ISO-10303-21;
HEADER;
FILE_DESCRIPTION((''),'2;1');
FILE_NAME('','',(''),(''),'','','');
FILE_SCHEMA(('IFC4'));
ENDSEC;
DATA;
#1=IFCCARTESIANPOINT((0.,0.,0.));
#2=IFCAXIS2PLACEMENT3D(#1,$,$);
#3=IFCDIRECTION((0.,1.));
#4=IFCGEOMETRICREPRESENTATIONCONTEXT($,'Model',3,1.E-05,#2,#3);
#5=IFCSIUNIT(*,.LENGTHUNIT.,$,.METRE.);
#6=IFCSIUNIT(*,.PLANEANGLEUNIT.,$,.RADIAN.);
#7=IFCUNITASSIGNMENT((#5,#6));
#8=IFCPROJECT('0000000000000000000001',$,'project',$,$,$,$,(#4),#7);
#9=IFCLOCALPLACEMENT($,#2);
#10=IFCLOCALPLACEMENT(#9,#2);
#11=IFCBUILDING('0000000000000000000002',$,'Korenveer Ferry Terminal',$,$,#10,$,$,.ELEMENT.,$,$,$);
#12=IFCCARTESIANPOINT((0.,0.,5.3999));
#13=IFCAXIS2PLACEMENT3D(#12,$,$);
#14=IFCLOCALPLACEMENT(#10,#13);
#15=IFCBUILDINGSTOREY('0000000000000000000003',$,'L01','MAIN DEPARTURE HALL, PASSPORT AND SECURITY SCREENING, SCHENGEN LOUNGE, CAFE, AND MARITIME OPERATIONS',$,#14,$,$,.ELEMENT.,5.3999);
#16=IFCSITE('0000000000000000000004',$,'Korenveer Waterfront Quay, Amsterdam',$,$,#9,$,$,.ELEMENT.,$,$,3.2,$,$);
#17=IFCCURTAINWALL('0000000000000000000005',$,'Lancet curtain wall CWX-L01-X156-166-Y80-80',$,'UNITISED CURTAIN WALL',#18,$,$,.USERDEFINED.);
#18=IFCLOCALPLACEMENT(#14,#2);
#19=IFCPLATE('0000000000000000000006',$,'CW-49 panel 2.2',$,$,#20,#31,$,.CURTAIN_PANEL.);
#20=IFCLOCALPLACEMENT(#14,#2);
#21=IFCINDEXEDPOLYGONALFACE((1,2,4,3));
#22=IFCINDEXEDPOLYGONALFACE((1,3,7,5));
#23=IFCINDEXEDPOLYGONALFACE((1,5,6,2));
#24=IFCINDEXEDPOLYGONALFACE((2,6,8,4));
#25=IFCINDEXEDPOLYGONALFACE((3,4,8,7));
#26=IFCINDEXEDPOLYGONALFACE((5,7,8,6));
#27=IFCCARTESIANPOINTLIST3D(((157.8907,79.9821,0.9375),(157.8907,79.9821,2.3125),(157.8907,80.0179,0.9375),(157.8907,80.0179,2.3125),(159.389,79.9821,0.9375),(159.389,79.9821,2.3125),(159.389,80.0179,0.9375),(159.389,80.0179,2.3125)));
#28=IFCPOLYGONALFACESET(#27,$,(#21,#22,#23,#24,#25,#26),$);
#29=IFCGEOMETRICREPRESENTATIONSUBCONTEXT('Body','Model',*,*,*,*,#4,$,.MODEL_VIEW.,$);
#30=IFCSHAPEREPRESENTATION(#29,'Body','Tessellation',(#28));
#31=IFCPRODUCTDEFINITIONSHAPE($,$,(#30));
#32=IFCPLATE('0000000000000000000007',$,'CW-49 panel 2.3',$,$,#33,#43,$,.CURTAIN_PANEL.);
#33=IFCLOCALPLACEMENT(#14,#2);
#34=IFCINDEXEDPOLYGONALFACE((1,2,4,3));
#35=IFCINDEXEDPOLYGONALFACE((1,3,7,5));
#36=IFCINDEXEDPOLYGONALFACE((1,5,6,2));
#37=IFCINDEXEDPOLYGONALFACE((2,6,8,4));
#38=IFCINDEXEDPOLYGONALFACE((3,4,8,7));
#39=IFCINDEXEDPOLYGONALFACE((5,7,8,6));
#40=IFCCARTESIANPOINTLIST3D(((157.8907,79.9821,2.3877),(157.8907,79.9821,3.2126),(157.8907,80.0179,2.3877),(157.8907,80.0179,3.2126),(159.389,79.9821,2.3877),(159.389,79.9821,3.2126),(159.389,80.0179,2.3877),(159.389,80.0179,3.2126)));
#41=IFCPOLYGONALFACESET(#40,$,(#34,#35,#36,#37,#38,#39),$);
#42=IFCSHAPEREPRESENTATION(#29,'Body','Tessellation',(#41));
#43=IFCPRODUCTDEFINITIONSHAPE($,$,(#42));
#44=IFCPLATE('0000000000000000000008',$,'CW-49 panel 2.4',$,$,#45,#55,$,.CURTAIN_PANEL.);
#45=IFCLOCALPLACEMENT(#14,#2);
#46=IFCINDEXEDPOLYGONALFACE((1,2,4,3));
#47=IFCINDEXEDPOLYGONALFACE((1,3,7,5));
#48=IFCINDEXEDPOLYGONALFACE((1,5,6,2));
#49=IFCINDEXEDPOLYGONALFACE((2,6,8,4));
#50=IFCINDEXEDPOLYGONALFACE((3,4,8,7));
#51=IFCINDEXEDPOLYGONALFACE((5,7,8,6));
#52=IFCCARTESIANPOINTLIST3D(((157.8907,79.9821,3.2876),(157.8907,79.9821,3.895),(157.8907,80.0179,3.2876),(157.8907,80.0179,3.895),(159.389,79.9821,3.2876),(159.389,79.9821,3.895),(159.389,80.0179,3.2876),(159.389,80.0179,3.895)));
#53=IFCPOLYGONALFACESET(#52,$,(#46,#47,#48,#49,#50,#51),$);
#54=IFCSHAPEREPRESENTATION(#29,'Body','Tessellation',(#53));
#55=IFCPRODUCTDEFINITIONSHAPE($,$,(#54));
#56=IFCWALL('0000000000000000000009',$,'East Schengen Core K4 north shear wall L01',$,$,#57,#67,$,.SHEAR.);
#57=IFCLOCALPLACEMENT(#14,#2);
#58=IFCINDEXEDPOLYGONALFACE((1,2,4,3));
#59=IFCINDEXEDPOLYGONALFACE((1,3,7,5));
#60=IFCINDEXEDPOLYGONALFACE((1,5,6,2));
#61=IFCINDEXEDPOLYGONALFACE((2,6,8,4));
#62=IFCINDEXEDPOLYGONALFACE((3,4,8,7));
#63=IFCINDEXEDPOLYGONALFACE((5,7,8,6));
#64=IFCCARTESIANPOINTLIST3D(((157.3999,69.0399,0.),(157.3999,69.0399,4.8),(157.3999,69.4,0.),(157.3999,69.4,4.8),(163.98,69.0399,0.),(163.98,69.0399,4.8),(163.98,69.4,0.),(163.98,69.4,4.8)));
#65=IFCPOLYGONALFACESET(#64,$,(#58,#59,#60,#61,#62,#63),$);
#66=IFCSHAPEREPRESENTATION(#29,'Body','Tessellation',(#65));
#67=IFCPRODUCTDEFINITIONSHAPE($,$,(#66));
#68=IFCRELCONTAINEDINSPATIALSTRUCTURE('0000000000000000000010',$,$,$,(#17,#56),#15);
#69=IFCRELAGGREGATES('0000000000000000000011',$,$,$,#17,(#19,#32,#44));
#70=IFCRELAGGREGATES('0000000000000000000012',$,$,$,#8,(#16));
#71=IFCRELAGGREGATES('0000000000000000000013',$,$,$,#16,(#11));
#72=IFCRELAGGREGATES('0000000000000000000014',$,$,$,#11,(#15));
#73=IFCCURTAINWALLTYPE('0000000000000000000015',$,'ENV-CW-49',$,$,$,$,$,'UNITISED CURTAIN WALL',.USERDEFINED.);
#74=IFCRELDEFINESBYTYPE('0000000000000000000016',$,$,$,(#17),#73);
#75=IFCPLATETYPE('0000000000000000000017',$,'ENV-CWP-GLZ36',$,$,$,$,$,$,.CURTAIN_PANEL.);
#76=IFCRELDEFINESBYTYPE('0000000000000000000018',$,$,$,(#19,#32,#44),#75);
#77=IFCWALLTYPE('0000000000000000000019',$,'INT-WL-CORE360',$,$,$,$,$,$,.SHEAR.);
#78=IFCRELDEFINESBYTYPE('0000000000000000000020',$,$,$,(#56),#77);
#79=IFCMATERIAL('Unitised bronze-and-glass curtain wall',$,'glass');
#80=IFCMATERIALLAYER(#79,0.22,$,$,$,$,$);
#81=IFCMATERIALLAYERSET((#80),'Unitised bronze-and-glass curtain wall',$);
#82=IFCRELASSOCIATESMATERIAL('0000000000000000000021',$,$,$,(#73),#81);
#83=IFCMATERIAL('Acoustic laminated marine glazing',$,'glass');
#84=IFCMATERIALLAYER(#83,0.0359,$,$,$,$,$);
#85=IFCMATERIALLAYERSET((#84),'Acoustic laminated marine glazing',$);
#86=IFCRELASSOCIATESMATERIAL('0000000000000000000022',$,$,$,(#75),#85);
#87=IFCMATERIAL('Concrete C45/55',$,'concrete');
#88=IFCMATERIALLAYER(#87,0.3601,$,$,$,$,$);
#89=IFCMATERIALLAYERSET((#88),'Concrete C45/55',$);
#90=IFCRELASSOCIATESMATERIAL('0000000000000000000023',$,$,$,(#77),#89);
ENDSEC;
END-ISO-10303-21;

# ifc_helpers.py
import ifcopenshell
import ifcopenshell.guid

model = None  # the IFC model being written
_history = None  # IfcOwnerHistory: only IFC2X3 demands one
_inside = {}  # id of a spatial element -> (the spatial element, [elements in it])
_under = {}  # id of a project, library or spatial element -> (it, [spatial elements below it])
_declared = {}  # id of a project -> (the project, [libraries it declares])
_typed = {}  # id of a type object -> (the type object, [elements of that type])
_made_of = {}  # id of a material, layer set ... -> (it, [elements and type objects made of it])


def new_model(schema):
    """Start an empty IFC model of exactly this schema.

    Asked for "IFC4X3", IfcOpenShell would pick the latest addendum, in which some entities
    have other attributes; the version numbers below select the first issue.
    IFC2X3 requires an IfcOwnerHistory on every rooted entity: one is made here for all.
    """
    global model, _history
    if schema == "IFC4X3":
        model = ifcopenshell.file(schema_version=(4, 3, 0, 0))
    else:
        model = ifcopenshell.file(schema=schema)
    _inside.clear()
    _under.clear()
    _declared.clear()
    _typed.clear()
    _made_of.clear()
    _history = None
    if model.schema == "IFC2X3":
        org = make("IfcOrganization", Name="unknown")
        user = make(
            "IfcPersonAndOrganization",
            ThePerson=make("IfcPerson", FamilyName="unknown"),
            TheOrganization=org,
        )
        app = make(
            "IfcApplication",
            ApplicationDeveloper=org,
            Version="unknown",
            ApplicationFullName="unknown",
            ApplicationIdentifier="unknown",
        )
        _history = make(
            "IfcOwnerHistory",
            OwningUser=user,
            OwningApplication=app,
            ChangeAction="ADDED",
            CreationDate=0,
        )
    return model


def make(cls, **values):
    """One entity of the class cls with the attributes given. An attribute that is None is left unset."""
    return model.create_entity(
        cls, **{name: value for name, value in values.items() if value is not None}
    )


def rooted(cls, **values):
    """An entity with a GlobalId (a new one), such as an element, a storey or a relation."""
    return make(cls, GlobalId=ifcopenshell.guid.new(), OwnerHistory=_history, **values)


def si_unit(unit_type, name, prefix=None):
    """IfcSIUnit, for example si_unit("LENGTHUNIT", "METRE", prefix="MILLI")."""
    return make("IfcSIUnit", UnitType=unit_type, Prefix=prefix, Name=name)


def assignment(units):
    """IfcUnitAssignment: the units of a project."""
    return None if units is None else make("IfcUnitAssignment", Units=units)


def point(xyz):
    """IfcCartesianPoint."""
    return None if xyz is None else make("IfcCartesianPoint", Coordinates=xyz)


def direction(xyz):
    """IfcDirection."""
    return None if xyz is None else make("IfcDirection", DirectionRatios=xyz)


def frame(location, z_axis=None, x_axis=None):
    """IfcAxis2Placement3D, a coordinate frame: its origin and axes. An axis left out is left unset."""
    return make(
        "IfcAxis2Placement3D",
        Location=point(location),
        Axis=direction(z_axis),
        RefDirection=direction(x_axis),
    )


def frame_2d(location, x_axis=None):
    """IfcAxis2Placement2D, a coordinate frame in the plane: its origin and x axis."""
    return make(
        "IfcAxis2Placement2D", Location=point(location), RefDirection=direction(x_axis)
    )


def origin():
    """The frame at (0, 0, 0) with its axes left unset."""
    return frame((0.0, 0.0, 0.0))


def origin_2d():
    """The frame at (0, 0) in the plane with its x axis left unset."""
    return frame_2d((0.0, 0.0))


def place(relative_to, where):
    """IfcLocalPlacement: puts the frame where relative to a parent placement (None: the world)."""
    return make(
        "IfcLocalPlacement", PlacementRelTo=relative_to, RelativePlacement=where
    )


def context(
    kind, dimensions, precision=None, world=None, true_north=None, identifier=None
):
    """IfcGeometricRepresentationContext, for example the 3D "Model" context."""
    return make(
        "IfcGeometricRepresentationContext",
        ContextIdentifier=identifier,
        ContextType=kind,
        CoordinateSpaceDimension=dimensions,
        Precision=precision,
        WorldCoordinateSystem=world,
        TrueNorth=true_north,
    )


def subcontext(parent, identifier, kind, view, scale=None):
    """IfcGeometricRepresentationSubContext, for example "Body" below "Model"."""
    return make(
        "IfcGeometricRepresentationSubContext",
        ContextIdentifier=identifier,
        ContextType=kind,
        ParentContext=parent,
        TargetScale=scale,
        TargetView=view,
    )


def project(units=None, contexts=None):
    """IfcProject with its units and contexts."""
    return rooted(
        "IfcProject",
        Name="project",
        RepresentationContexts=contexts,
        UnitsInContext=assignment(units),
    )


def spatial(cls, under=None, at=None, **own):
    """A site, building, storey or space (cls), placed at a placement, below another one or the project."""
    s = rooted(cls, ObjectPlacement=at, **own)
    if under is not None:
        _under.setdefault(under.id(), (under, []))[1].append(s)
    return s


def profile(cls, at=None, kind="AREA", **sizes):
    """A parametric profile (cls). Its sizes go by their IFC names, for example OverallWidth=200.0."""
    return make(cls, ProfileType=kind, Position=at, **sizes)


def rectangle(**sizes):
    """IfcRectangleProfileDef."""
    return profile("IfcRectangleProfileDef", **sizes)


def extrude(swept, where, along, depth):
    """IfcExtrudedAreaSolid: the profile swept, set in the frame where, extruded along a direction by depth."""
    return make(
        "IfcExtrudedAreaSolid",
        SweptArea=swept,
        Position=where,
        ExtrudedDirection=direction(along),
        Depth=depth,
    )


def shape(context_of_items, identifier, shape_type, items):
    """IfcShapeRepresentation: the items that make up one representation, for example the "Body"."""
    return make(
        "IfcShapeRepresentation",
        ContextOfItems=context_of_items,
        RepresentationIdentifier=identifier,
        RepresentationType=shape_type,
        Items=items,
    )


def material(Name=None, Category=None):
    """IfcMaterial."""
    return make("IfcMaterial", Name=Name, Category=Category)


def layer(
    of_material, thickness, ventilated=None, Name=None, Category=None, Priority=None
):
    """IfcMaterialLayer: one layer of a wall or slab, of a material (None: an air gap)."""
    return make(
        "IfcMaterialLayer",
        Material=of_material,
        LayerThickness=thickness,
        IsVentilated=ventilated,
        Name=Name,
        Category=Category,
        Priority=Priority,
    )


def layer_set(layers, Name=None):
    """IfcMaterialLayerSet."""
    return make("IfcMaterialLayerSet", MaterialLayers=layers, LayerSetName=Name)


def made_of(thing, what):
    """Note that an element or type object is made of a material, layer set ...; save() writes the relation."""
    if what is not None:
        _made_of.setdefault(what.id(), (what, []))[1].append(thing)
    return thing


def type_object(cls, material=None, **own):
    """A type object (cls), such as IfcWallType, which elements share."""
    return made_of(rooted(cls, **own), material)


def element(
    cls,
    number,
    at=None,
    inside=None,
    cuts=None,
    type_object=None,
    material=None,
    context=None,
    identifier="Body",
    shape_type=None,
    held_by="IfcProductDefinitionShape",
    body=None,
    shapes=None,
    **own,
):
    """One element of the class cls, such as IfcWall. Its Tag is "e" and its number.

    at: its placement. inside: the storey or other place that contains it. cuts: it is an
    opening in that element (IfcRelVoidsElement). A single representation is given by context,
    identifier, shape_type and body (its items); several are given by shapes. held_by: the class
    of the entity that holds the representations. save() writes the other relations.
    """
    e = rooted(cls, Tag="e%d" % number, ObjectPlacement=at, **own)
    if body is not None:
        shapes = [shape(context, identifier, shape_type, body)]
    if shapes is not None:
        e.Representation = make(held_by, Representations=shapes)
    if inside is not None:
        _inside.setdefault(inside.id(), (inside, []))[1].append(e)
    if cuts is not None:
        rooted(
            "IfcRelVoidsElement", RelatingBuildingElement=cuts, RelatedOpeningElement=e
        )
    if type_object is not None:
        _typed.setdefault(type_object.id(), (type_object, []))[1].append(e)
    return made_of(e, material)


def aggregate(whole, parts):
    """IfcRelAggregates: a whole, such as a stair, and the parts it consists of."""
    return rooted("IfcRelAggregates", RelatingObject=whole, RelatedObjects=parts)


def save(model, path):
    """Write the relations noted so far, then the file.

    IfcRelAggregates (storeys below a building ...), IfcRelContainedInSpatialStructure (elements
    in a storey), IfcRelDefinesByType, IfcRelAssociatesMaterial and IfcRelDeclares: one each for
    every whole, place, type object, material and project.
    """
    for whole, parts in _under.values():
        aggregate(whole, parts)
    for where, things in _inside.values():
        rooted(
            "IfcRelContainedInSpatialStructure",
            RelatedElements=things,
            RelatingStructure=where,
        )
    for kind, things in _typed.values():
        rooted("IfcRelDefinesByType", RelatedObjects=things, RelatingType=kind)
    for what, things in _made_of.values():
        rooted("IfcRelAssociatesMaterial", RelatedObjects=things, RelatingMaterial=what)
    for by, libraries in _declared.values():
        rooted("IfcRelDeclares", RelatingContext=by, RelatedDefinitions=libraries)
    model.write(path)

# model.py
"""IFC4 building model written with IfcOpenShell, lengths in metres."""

from ifc_helpers import new_model, si_unit, direction, frame, frame_2d, origin, origin_2d, place, context, subcontext, project, spatial, rectangle, extrude, material, layer, layer_set, type_object, element, aggregate, save


model = new_model("IFC4")

# Units and contexts
model_context = context("Model", 3, precision=1e-05, world=origin(), true_north=direction((0.0, 1.0)))
body_context = subcontext(model_context, "Body", "Model", "MODEL_VIEW")
ifc_project = project(units=[si_unit("LENGTHUNIT", "METRE"), si_unit("PLANEANGLEUNIT", "RADIAN")], contexts=[model_context])

# Site, building, storey
site_placement = place(None, origin())
site = spatial("IfcSite", under=ifc_project, at=site_placement, Name="Korenveer Waterfront Quay, Amsterdam", CompositionType="ELEMENT", RefElevation=3.2)
building_placement = place(site_placement, origin())
building = spatial("IfcBuilding", under=site, at=building_placement, Name="Korenveer Ferry Terminal", CompositionType="ELEMENT")
storey_placement = place(building_placement, frame((0.0, 0.0, 5.3999)))
storey = spatial("IfcBuildingStorey", under=building, at=storey_placement, Name="L01", Description="MAIN DEPARTURE HALL, PASSPORT AND SECURITY SCREENING, SCHENGEN LOUNGE, CAFE, AND MARITIME OPERATIONS", CompositionType="ELEMENT", Elevation=5.3999)

# Shared definitions
ifc_material_1 = material(Name="Concrete C45/55", Category="concrete")

# Shared definitions
ifc_material_2 = material(Name="Unitised bronze-and-glass curtain wall", Category="glass")

# Curtain wall
ifc_layer_1 = layer(ifc_material_2, 0.22)
ifc_layer_set_1 = layer_set([ifc_layer_1], Name="Unitised bronze-and-glass curtain wall")
curtain_wall_type_1 = type_object("IfcCurtainWallType", Name="ENV-CW-49", ElementType="UNITISED CURTAIN WALL", PredefinedType="USERDEFINED", material=ifc_layer_set_1)
curtain_wall_1_placement = place(storey_placement, frame((156.28, 80.0, 0.0)))
curtain_wall_1 = element("IfcCurtainWall", 1, at=curtain_wall_1_placement, inside=storey, type_object=curtain_wall_type_1, Name="Lancet curtain wall CWX-L01-X156-166-Y80-80", ObjectType="UNITISED CURTAIN WALL", PredefinedType="USERDEFINED")

# Plates
ifc_material_3 = material(Name="Acoustic laminated marine glazing", Category="glass")
ifc_layer_2 = layer(ifc_material_3, 0.0359)
ifc_layer_set_2 = layer_set([ifc_layer_2], Name="Acoustic laminated marine glazing")
plate_type = type_object("IfcPlateType", Name="ENV-CWP-GLZ36", PredefinedType="CURTAIN_PANEL", material=ifc_layer_set_2)
plate_1_placement = place(storey_placement, frame((158.6399, 80.0, 0.9375), z_axis=(0.0, 0.0, 1.0), x_axis=(1.0, 0.0, 0.0)))
plate_1 = element("IfcPlate", 2, at=plate_1_placement, type_object=plate_type, Name="CW-49 panel 2.2", PredefinedType="CURTAIN_PANEL", context=body_context, shape_type="SweptSolid", body=[
    extrude(rectangle(XDim=1.4983, YDim=0.0359, at=origin_2d()), origin(), (0.0, 0.0, 1.0), 1.375),
])
plate_2_placement = place(storey_placement, frame((158.6399, 80.0, 2.3877), z_axis=(0.0, 0.0, 1.0), x_axis=(1.0, 0.0, 0.0)))
plate_2 = element("IfcPlate", 3, at=plate_2_placement, type_object=plate_type, Name="CW-49 panel 2.3", PredefinedType="CURTAIN_PANEL", context=body_context, shape_type="SweptSolid", body=[
    extrude(rectangle(XDim=1.4983, YDim=0.0359, at=origin_2d()), origin(), (0.0, 0.0, 1.0), 0.825),
])
plate_3_placement = place(storey_placement, frame((158.6399, 80.0, 3.2876), z_axis=(0.0, 0.0, 1.0), x_axis=(1.0, 0.0, 0.0)))
plate_3 = element("IfcPlate", 4, at=plate_3_placement, type_object=plate_type, Name="CW-49 panel 2.4", PredefinedType="CURTAIN_PANEL", context=body_context, shape_type="SweptSolid", body=[
    extrude(rectangle(XDim=1.4983, YDim=0.0359, at=origin_2d()), origin(), (0.0, 0.0, 1.0), 0.6074),
])
aggregate(curtain_wall_1, [plate_1, plate_2, plate_3])

# Wall
ifc_layer_3 = layer(ifc_material_1, 0.3601)
ifc_layer_set_3 = layer_set([ifc_layer_3], Name="Concrete C45/55")
wall_type = type_object("IfcWallType", Name="INT-WL-CORE360", PredefinedType="SHEAR", material=ifc_layer_set_3)
wall_placement = place(storey_placement, frame((157.3999, 69.22, 0.0), z_axis=(0.0, 0.0, 1.0), x_axis=(1.0, 0.0, 0.0)))
element("IfcWall", 5, at=wall_placement, inside=storey, type_object=wall_type, Name="East Schengen Core K4 north shear wall L01", PredefinedType="SHEAR", context=body_context, shape_type="SweptSolid", body=[
    extrude(rectangle(XDim=6.5801, YDim=0.3601, at=frame_2d((3.29, 0.0))), origin(), (0.0, 0.0, 1.0), 4.8),
])

save(model, "model.ifc")
